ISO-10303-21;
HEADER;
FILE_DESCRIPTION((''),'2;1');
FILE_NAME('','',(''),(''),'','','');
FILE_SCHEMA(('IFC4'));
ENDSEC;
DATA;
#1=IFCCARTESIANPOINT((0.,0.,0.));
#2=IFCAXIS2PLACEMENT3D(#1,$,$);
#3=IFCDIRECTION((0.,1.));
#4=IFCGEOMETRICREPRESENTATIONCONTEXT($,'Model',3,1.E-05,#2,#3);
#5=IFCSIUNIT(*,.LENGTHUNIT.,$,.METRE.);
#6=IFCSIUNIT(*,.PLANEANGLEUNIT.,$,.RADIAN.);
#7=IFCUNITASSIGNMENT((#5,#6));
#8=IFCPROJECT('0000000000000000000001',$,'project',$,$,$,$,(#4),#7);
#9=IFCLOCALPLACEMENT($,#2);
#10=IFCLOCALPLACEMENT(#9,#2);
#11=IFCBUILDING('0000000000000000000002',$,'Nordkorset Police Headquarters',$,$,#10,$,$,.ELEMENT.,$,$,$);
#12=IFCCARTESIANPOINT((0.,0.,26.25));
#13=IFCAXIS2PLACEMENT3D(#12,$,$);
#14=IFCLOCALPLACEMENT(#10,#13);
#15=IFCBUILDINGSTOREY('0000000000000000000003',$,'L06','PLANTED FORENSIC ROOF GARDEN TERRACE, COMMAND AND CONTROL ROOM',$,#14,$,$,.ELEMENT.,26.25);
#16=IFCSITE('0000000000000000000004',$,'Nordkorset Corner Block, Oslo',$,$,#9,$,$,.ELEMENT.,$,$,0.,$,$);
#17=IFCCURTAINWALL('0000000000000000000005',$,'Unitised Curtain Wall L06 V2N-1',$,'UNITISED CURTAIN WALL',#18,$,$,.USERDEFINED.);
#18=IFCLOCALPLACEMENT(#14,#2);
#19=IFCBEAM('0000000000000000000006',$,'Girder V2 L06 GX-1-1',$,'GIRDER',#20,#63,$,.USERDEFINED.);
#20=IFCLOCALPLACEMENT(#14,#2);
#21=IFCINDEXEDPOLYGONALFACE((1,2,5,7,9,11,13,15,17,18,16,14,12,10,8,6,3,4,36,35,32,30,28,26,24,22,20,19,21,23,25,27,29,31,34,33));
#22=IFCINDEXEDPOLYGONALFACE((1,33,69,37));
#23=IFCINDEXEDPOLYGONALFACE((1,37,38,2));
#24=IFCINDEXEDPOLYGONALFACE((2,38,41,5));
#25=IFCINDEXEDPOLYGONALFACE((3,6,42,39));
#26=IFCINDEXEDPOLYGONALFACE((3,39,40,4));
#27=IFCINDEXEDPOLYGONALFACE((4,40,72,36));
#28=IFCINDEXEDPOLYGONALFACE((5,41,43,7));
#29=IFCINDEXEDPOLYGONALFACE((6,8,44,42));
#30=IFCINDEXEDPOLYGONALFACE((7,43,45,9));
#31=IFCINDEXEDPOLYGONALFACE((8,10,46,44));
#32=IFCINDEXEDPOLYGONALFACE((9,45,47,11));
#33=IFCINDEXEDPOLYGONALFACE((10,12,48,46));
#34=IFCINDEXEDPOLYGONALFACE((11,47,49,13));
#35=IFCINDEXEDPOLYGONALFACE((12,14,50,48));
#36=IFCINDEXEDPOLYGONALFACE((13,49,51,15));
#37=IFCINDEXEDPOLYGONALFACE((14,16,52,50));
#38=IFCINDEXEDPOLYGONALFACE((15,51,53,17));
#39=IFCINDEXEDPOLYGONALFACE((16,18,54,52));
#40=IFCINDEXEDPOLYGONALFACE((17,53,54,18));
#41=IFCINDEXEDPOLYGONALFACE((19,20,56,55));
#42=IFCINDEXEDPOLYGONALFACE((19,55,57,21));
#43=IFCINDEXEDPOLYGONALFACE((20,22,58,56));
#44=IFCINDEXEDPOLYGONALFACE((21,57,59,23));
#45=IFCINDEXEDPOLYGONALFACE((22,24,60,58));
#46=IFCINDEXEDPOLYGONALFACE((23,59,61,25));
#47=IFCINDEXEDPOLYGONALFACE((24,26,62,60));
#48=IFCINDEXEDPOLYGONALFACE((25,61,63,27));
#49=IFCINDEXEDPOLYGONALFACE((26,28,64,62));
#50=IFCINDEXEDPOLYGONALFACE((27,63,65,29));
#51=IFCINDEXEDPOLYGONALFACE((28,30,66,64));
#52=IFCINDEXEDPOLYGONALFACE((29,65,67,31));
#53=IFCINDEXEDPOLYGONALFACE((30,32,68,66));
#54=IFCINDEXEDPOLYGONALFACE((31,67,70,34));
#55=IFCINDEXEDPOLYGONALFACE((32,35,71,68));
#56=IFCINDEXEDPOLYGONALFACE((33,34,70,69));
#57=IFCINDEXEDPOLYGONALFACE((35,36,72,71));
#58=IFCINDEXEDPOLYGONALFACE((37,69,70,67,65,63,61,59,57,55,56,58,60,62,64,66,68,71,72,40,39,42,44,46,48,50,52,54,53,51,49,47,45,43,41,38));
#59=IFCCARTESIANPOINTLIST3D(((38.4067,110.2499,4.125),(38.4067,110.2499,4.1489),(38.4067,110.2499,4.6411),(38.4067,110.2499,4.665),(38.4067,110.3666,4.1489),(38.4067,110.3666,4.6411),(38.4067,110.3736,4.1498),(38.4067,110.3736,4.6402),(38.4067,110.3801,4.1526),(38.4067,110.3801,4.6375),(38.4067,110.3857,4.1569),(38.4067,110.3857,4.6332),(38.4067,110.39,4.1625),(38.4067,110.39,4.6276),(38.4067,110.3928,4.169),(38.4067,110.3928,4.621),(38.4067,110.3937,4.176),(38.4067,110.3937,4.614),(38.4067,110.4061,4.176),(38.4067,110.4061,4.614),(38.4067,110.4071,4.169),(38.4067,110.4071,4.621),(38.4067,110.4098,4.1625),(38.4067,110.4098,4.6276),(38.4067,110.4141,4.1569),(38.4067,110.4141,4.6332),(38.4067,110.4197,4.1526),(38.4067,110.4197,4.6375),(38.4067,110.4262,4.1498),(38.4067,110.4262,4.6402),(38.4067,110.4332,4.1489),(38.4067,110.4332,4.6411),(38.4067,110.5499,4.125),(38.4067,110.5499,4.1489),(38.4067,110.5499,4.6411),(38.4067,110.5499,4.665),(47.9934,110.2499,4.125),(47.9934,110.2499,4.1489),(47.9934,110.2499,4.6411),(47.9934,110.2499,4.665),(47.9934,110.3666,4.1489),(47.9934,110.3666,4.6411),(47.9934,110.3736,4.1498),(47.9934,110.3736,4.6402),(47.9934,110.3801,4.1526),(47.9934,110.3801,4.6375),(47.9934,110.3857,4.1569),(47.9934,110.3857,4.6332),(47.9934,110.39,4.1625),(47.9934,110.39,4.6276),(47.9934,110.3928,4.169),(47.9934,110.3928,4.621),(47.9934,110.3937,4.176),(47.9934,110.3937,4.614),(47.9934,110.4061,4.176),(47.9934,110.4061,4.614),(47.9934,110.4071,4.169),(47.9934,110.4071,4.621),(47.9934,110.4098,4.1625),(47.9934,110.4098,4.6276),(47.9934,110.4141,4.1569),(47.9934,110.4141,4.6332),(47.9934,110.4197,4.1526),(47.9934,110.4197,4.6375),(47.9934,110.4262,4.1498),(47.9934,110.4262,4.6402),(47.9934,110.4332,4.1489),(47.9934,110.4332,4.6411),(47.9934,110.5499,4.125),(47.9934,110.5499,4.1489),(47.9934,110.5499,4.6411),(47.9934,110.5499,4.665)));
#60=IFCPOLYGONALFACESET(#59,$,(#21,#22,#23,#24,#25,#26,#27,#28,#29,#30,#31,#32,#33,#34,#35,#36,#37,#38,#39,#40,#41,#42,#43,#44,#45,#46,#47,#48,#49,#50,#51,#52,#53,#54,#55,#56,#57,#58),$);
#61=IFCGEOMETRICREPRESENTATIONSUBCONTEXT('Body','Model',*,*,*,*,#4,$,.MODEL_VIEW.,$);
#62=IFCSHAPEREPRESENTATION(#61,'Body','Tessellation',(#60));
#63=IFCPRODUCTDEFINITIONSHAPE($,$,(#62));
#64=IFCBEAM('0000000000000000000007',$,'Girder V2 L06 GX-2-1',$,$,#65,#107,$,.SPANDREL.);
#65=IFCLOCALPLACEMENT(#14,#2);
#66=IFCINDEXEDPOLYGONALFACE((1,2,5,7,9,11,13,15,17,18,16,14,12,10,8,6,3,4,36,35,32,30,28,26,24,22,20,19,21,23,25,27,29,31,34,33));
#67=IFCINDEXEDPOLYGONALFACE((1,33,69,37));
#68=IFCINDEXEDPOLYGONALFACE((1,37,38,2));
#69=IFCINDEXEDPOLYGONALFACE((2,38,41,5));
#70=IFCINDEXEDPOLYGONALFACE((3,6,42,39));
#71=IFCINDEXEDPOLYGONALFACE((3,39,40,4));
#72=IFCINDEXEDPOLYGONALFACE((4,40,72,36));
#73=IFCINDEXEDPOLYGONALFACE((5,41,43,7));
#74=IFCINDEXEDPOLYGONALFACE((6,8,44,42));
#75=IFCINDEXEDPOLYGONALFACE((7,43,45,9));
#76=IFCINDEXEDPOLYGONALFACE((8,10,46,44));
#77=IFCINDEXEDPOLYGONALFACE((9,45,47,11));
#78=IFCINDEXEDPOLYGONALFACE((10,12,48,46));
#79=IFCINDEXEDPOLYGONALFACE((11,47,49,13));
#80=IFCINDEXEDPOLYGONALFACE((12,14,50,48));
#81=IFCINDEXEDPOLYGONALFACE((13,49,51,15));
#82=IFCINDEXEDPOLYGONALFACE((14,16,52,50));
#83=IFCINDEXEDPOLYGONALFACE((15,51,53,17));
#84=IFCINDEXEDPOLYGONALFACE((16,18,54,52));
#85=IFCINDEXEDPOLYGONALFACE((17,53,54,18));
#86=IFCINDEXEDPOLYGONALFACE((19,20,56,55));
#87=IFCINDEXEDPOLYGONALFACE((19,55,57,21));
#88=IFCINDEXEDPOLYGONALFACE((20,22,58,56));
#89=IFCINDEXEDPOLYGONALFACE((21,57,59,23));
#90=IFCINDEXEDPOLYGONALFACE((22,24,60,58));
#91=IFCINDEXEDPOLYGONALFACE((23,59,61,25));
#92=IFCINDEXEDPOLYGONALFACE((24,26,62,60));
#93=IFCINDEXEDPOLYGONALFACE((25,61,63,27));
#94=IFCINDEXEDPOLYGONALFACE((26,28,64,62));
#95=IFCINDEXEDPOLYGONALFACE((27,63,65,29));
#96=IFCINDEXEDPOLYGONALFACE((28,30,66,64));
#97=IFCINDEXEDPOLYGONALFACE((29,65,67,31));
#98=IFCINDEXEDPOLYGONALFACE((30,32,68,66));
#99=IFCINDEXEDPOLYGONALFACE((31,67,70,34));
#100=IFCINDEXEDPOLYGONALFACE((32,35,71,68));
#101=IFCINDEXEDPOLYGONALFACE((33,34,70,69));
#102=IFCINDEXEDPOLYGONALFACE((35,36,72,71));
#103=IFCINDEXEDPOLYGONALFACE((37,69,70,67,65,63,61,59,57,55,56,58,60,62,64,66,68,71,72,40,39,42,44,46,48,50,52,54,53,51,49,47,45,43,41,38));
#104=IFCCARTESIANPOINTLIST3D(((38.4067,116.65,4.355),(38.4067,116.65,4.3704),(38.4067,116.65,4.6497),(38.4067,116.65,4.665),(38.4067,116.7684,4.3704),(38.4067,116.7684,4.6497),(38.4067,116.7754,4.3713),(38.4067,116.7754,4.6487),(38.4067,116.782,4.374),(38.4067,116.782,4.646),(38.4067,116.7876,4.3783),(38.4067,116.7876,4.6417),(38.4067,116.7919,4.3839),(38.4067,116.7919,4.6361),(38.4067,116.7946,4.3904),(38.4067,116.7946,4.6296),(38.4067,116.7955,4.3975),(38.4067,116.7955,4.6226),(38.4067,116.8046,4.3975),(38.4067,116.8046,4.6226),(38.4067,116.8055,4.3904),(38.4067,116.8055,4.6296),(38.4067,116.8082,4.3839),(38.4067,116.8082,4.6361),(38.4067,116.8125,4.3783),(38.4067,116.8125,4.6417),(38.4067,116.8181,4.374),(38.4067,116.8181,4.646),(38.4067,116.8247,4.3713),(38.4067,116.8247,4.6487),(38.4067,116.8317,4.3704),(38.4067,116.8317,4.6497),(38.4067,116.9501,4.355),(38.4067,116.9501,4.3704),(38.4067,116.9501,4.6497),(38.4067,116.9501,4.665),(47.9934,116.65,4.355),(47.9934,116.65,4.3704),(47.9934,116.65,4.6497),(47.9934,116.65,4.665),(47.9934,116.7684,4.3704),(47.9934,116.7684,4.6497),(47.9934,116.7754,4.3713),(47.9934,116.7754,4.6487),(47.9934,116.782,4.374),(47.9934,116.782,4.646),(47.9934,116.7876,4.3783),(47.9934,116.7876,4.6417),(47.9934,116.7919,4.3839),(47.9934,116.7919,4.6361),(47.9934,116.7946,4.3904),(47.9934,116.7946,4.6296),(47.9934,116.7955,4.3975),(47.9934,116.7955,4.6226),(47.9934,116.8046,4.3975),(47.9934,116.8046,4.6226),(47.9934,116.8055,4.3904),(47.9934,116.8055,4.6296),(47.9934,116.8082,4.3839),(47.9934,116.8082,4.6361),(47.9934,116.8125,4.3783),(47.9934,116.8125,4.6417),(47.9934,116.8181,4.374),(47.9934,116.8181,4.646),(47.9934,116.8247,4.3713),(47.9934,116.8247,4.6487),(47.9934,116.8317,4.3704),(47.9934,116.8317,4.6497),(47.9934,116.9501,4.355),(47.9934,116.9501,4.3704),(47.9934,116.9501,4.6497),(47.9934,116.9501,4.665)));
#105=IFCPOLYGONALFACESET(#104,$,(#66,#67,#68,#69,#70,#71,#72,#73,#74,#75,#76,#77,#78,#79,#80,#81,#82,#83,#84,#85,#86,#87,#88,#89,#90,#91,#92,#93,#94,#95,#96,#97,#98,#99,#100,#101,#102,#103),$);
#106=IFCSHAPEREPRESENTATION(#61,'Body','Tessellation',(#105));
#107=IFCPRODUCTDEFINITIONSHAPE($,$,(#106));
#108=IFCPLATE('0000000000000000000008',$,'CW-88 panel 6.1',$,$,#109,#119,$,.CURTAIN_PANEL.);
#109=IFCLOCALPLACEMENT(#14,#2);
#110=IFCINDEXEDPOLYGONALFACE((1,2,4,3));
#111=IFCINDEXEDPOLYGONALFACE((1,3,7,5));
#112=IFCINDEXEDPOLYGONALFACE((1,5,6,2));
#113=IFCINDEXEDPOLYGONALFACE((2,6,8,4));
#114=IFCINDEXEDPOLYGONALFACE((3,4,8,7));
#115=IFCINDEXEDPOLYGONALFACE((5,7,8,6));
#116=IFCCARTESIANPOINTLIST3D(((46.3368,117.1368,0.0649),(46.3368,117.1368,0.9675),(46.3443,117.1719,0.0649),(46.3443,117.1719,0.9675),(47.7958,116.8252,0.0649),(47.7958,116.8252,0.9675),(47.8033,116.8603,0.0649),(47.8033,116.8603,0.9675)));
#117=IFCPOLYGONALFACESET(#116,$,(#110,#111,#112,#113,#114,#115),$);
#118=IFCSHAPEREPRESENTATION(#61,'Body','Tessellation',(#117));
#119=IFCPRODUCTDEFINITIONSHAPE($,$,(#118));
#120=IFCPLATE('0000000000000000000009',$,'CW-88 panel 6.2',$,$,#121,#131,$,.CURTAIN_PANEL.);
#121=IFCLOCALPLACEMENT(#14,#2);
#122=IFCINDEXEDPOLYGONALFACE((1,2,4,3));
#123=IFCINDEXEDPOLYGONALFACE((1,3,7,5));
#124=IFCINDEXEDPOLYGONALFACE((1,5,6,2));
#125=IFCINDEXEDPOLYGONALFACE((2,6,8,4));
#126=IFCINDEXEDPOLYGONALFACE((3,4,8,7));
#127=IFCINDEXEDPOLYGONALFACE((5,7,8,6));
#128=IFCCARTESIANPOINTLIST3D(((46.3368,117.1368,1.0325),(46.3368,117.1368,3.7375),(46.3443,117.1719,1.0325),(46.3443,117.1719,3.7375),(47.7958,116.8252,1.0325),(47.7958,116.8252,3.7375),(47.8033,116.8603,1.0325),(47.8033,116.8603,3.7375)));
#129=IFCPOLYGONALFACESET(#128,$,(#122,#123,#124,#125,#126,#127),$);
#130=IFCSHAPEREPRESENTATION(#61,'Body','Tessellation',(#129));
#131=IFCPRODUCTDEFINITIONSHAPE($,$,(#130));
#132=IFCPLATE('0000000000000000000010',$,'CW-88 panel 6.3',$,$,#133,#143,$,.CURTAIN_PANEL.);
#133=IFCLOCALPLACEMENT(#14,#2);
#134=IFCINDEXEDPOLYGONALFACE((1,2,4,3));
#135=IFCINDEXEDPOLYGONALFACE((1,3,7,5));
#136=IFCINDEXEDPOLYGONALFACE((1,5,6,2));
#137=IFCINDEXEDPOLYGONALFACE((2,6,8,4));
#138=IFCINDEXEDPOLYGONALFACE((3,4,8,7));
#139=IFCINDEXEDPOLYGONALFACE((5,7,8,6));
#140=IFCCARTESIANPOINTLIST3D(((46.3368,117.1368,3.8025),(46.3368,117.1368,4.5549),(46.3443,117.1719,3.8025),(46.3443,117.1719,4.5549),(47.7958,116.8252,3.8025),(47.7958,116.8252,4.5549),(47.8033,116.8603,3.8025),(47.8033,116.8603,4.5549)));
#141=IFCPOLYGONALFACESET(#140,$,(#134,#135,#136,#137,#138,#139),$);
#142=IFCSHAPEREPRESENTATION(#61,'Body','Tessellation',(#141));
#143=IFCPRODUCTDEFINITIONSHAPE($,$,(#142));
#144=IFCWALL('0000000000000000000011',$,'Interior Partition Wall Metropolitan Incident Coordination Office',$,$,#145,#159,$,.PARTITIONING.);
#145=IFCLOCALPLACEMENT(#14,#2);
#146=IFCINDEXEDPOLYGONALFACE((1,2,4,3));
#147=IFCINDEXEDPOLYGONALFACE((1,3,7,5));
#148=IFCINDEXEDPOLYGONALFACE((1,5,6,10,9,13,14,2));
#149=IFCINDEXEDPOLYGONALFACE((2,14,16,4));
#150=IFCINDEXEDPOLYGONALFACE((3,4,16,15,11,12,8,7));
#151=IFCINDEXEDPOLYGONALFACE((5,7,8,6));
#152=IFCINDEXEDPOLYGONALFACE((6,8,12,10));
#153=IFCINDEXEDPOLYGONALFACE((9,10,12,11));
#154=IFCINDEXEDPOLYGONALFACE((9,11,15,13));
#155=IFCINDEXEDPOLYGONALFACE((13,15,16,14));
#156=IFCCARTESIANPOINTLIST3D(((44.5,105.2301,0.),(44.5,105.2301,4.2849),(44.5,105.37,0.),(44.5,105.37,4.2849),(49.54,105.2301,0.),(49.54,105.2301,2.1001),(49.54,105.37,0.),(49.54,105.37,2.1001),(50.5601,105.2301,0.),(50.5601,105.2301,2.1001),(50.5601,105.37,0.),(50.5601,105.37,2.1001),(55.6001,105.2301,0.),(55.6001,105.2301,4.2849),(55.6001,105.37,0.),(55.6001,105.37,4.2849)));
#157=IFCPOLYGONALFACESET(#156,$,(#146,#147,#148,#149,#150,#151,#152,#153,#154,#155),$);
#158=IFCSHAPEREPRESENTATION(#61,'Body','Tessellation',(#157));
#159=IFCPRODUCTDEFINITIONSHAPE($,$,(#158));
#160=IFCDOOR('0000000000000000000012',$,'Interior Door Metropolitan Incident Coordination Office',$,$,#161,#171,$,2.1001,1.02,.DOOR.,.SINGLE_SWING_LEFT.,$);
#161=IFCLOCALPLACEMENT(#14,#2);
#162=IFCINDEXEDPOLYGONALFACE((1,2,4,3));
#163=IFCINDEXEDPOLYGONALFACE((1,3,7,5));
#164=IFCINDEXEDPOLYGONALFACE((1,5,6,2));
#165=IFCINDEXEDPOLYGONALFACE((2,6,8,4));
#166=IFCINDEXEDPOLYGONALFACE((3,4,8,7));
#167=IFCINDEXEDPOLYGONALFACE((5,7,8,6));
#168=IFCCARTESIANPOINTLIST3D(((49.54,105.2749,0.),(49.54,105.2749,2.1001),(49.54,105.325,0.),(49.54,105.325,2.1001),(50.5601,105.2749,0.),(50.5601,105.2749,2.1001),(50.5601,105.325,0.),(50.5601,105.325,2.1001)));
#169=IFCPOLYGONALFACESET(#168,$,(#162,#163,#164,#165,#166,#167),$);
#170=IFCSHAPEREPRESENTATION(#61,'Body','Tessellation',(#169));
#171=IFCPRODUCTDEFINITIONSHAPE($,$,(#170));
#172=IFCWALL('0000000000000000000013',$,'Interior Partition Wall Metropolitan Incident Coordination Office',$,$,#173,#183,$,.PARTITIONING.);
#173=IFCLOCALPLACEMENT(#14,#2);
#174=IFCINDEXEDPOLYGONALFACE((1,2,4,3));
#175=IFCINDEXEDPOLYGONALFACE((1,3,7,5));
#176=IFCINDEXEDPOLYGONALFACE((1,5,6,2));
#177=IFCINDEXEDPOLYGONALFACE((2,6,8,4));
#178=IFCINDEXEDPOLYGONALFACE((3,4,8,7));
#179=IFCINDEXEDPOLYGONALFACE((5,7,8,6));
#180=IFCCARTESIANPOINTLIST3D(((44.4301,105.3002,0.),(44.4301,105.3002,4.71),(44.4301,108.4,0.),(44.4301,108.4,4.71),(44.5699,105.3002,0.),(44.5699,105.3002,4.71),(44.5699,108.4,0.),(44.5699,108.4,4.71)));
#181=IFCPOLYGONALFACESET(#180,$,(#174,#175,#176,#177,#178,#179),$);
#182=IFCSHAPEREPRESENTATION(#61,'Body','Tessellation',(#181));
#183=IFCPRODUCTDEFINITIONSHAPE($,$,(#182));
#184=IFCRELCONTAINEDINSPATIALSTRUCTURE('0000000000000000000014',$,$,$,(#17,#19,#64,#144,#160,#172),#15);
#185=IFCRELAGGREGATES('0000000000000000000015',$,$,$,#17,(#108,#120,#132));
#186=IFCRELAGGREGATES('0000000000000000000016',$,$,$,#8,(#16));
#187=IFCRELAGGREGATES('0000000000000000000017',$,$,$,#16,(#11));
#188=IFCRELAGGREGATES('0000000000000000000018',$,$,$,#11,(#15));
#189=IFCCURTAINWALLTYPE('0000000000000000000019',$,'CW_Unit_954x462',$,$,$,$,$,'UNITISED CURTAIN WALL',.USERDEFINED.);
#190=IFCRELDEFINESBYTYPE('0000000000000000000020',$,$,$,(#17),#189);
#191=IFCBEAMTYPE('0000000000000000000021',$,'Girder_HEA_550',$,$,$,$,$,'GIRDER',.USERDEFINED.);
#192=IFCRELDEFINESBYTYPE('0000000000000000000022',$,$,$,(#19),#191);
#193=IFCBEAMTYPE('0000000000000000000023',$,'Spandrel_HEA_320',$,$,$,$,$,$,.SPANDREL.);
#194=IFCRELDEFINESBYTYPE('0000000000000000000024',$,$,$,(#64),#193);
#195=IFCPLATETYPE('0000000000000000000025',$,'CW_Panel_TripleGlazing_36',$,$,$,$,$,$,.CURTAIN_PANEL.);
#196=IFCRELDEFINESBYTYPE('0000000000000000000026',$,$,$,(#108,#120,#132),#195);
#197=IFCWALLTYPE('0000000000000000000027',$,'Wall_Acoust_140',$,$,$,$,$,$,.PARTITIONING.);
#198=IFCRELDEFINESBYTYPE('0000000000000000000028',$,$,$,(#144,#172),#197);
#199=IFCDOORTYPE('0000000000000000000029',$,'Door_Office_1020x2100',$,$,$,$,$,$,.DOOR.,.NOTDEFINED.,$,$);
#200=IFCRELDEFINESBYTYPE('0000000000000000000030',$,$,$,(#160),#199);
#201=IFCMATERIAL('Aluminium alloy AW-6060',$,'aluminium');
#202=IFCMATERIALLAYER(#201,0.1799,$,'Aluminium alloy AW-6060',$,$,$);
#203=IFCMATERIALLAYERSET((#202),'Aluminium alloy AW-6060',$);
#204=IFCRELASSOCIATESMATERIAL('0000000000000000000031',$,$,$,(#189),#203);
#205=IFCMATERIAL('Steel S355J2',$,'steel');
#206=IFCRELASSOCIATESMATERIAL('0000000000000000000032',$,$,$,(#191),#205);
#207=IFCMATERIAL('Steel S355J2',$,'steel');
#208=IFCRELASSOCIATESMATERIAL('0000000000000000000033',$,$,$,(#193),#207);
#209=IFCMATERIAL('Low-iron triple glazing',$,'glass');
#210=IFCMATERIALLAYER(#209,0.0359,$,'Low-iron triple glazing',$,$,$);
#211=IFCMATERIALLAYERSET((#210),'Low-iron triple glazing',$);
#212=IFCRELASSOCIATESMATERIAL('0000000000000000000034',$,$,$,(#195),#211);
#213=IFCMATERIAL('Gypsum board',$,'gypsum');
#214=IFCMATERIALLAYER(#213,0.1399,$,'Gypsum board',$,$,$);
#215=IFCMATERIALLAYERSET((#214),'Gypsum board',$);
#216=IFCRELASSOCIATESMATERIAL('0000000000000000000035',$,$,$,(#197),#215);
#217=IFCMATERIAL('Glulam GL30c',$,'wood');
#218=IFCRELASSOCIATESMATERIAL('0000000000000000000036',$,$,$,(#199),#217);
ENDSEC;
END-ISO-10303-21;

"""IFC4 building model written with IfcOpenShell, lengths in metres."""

from ifc_helpers import new_model, si_unit, direction, frame, frame_2d, origin, origin_2d, place, context, subcontext, project, spatial, rectangle, i_section, extrude, material, layer, layer_set, material_profile, profile_set, type_object, element, fill, aggregate, save


model = new_model("IFC4")

# Units and contexts
model_context = context("Model", 3, precision=1e-05, world=origin(), true_north=direction((0.0, 1.0)))
body_context = subcontext(model_context, "Body", "Model", "MODEL_VIEW")
ifc_project = project(units=[si_unit("LENGTHUNIT", "METRE"), si_unit("PLANEANGLEUNIT", "RADIAN")], contexts=[model_context])

# Site, building, storey
site_placement = place(None, origin())
site = spatial("IfcSite", under=ifc_project, at=site_placement, Name="Nordkorset Corner Block, Oslo", CompositionType="ELEMENT", RefElevation=0.0)
building_placement = place(site_placement, origin())
building = spatial("IfcBuilding", under=site, at=building_placement, Name="Nordkorset Police Headquarters", CompositionType="ELEMENT")
storey_placement = place(building_placement, frame((0.0, 0.0, 26.25)))
storey = spatial("IfcBuildingStorey", under=building, at=storey_placement, Name="L06", Description="PLANTED FORENSIC ROOF GARDEN TERRACE, COMMAND AND CONTROL ROOM", CompositionType="ELEMENT", Elevation=26.25)

# Curtain wall
ifc_material_1 = material(Name="Aluminium alloy AW-6060", Category="aluminium")
ifc_layer_1 = layer(ifc_material_1, 0.1799, Name="Aluminium alloy AW-6060")
ifc_layer_set_1 = layer_set([ifc_layer_1], Name="Aluminium alloy AW-6060")
curtain_wall_type = type_object("IfcCurtainWallType", Name="CW_Unit_954x462", ElementType="UNITISED CURTAIN WALL", PredefinedType="USERDEFINED", material=ifc_layer_set_1)
curtain_wall_placement = place(storey_placement, origin())
curtain_wall = element("IfcCurtainWall", 1, at=curtain_wall_placement, inside=storey, type_object=curtain_wall_type, Name="Unitised Curtain Wall L06 V2N-1", ObjectType="UNITISED CURTAIN WALL", PredefinedType="USERDEFINED")

# Beams
ifc_material_2 = material(Name="Steel S355J2", Category="steel")
ifc_material_profile_1 = material_profile(ifc_material_2, i_section(OverallWidth=0.3, OverallDepth=0.54, WebThickness=0.0125, FlangeThickness=0.0239, FilletRadius=0.0271, at=origin_2d()), Name="HEA 550")
ifc_profile_set_1 = profile_set([ifc_material_profile_1], Name="Steel S355J2")
beam_type_1 = type_object("IfcBeamType", Name="Girder_HEA_550", ElementType="GIRDER", PredefinedType="USERDEFINED", material=ifc_profile_set_1)
beam_1_placement = place(storey_placement, frame((38.4067, 110.3999, 4.395), z_axis=(1.0, 0.0, 0.0), x_axis=(0.0, 1.0, 0.0)))
element("IfcBeam", 2, at=beam_1_placement, inside=storey, type_object=beam_type_1, Name="Girder V2 L06 GX-1-1", ObjectType="GIRDER", PredefinedType="USERDEFINED", context=body_context, shape_type="SweptSolid", body=[
    extrude(i_section(OverallWidth=0.3, OverallDepth=0.54, WebThickness=0.0125, FlangeThickness=0.0239, FilletRadius=0.0271, at=origin_2d()), origin(), (0.0, 0.0, 1.0), 9.5867),
])
ifc_material_3 = material(Name="Steel S355J2", Category="steel")
ifc_material_profile_2 = material_profile(ifc_material_3, i_section(OverallWidth=0.3, OverallDepth=0.3101, WebThickness=0.009, FlangeThickness=0.0154, FilletRadius=0.0271, at=origin_2d()), Name="HEA 320")
ifc_profile_set_2 = profile_set([ifc_material_profile_2], Name="Steel S355J2")
beam_type_2 = type_object("IfcBeamType", Name="Spandrel_HEA_320", PredefinedType="SPANDREL", material=ifc_profile_set_2)
beam_2_placement = place(storey_placement, frame((38.4067, 116.8, 4.51), z_axis=(1.0, 0.0, 0.0), x_axis=(0.0, 1.0, 0.0)))
element("IfcBeam", 3, at=beam_2_placement, inside=storey, type_object=beam_type_2, Name="Girder V2 L06 GX-2-1", PredefinedType="SPANDREL", context=body_context, shape_type="SweptSolid", body=[
    extrude(i_section(OverallWidth=0.3, OverallDepth=0.3101, WebThickness=0.009, FlangeThickness=0.0154, FilletRadius=0.0271, at=origin_2d()), origin(), (0.0, 0.0, 1.0), 9.5867),
])

# Plates
ifc_material_4 = material(Name="Low-iron triple glazing", Category="glass")
ifc_layer_2 = layer(ifc_material_4, 0.0359, Name="Low-iron triple glazing")
ifc_layer_set_2 = layer_set([ifc_layer_2], Name="Low-iron triple glazing")
plate_type = type_object("IfcPlateType", Name="CW_Panel_TripleGlazing_36", PredefinedType="CURTAIN_PANEL", material=ifc_layer_set_2)
plate_1_placement = place(storey_placement, frame((47.0701, 116.9985, 0.0649), z_axis=(0.0, 0.0, 1.0), x_axis=(0.977951, -0.208833, 0.0)))
plate_1 = element("IfcPlate", 4, at=plate_1_placement, type_object=plate_type, Name="CW-88 panel 6.1", PredefinedType="CURTAIN_PANEL", context=body_context, shape_type="SweptSolid", body=[
    extrude(rectangle(XDim=1.4919, YDim=0.0359, at=origin_2d()), origin(), (0.0, 0.0, 1.0), 0.9026),
])
plate_2_placement = place(storey_placement, frame((47.0701, 116.9985, 1.0325), z_axis=(0.0, 0.0, 1.0), x_axis=(0.977951, -0.208833, 0.0)))
plate_2 = element("IfcPlate", 5, at=plate_2_placement, type_object=plate_type, Name="CW-88 panel 6.2", PredefinedType="CURTAIN_PANEL", context=body_context, shape_type="SweptSolid", body=[
    extrude(rectangle(XDim=1.4919, YDim=0.0359, at=origin_2d()), origin(), (0.0, 0.0, 1.0), 2.7051),
])
plate_3_placement = place(storey_placement, frame((47.0701, 116.9985, 3.8025), z_axis=(0.0, 0.0, 1.0), x_axis=(0.977951, -0.208833, 0.0)))
plate_3 = element("IfcPlate", 6, at=plate_3_placement, type_object=plate_type, Name="CW-88 panel 6.3", PredefinedType="CURTAIN_PANEL", context=body_context, shape_type="SweptSolid", body=[
    extrude(rectangle(XDim=1.4919, YDim=0.0359, at=origin_2d()), origin(), (0.0, 0.0, 1.0), 0.7524),
])
aggregate(curtain_wall, [plate_1, plate_2, plate_3])

# Wall, opening, door
ifc_material_5 = material(Name="Gypsum board", Category="gypsum")
ifc_layer_3 = layer(ifc_material_5, 0.1399, Name="Gypsum board")
ifc_layer_set_3 = layer_set([ifc_layer_3], Name="Gypsum board")
wall_type_1 = type_object("IfcWallType", Name="Wall_Acoust_140", PredefinedType="PARTITIONING", material=ifc_layer_set_3)
wall_1_placement = place(storey_placement, frame((44.5, 105.3, 0.0), z_axis=(0.0, 0.0, 1.0), x_axis=(1.0, 0.0, 0.0)))
wall_1 = element("IfcWall", 7, at=wall_1_placement, inside=storey, type_object=wall_type_1, Name="Interior Partition Wall Metropolitan Incident Coordination Office", PredefinedType="PARTITIONING", context=body_context, shape_type="SweptSolid", body=[
    extrude(rectangle(XDim=11.1001, YDim=0.1399, at=frame_2d((5.55, 0.0))), origin(), (0.0, 0.0, 1.0), 4.2849),
])
opening_1_placement = place(wall_1_placement, frame((5.04, 0.0, 0.0)))
opening_1 = element("IfcOpeningElement", 8, at=opening_1_placement, cuts=wall_1, PredefinedType="OPENING", context=body_context, shape_type="SweptSolid", body=[
    extrude(rectangle(XDim=1.02, YDim=2.1001, at=frame_2d((0.51, 1.05))), frame((0.0, 0.0801, 0.0), z_axis=(0.0, -1.0, 0.0), x_axis=(1.0, 0.0, 0.0)), (0.0, 0.0, 1.0), 0.1599),
])
ifc_material_6 = material(Name="Glulam GL30c", Category="wood")
door_type_1 = type_object("IfcDoorType", Name="Door_Office_1020x2100", OperationType="NOTDEFINED", PredefinedType="DOOR", material=ifc_material_6)
door_1_placement = place(opening_1_placement, origin())
door_1 = element("IfcDoor", 9, at=door_1_placement, inside=storey, type_object=door_type_1, Name="Interior Door Metropolitan Incident Coordination Office", OperationType="SINGLE_SWING_LEFT", OverallHeight=2.1001, OverallWidth=1.02, PredefinedType="DOOR", context=body_context, shape_type="SweptSolid", body=[
    extrude(rectangle(XDim=1.02, YDim=2.1001, at=frame_2d((0.51, 1.05))), frame((0.0, 0.0249, 0.0), z_axis=(0.0, -1.0, 0.0), x_axis=(1.0, 0.0, 0.0)), (0.0, 0.0, 1.0), 0.05),
])
fill(opening_1, door_1)

# Wall
wall_2_placement = place(storey_placement, frame((44.5, 108.3999, 0.0), z_axis=(0.0, 0.0, 1.0), x_axis=(0.0, -1.0, 0.0)))
element("IfcWall", 10, at=wall_2_placement, inside=storey, type_object=wall_type_1, Name="Interior Partition Wall Metropolitan Incident Coordination Office", PredefinedType="PARTITIONING", context=body_context, shape_type="SweptSolid", body=[
    extrude(rectangle(XDim=3.0999, YDim=0.1399, at=frame_2d((1.5498, 0.0))), origin(), (0.0, 0.0, 1.0), 4.71),
])

save(model, "model.ifc")
